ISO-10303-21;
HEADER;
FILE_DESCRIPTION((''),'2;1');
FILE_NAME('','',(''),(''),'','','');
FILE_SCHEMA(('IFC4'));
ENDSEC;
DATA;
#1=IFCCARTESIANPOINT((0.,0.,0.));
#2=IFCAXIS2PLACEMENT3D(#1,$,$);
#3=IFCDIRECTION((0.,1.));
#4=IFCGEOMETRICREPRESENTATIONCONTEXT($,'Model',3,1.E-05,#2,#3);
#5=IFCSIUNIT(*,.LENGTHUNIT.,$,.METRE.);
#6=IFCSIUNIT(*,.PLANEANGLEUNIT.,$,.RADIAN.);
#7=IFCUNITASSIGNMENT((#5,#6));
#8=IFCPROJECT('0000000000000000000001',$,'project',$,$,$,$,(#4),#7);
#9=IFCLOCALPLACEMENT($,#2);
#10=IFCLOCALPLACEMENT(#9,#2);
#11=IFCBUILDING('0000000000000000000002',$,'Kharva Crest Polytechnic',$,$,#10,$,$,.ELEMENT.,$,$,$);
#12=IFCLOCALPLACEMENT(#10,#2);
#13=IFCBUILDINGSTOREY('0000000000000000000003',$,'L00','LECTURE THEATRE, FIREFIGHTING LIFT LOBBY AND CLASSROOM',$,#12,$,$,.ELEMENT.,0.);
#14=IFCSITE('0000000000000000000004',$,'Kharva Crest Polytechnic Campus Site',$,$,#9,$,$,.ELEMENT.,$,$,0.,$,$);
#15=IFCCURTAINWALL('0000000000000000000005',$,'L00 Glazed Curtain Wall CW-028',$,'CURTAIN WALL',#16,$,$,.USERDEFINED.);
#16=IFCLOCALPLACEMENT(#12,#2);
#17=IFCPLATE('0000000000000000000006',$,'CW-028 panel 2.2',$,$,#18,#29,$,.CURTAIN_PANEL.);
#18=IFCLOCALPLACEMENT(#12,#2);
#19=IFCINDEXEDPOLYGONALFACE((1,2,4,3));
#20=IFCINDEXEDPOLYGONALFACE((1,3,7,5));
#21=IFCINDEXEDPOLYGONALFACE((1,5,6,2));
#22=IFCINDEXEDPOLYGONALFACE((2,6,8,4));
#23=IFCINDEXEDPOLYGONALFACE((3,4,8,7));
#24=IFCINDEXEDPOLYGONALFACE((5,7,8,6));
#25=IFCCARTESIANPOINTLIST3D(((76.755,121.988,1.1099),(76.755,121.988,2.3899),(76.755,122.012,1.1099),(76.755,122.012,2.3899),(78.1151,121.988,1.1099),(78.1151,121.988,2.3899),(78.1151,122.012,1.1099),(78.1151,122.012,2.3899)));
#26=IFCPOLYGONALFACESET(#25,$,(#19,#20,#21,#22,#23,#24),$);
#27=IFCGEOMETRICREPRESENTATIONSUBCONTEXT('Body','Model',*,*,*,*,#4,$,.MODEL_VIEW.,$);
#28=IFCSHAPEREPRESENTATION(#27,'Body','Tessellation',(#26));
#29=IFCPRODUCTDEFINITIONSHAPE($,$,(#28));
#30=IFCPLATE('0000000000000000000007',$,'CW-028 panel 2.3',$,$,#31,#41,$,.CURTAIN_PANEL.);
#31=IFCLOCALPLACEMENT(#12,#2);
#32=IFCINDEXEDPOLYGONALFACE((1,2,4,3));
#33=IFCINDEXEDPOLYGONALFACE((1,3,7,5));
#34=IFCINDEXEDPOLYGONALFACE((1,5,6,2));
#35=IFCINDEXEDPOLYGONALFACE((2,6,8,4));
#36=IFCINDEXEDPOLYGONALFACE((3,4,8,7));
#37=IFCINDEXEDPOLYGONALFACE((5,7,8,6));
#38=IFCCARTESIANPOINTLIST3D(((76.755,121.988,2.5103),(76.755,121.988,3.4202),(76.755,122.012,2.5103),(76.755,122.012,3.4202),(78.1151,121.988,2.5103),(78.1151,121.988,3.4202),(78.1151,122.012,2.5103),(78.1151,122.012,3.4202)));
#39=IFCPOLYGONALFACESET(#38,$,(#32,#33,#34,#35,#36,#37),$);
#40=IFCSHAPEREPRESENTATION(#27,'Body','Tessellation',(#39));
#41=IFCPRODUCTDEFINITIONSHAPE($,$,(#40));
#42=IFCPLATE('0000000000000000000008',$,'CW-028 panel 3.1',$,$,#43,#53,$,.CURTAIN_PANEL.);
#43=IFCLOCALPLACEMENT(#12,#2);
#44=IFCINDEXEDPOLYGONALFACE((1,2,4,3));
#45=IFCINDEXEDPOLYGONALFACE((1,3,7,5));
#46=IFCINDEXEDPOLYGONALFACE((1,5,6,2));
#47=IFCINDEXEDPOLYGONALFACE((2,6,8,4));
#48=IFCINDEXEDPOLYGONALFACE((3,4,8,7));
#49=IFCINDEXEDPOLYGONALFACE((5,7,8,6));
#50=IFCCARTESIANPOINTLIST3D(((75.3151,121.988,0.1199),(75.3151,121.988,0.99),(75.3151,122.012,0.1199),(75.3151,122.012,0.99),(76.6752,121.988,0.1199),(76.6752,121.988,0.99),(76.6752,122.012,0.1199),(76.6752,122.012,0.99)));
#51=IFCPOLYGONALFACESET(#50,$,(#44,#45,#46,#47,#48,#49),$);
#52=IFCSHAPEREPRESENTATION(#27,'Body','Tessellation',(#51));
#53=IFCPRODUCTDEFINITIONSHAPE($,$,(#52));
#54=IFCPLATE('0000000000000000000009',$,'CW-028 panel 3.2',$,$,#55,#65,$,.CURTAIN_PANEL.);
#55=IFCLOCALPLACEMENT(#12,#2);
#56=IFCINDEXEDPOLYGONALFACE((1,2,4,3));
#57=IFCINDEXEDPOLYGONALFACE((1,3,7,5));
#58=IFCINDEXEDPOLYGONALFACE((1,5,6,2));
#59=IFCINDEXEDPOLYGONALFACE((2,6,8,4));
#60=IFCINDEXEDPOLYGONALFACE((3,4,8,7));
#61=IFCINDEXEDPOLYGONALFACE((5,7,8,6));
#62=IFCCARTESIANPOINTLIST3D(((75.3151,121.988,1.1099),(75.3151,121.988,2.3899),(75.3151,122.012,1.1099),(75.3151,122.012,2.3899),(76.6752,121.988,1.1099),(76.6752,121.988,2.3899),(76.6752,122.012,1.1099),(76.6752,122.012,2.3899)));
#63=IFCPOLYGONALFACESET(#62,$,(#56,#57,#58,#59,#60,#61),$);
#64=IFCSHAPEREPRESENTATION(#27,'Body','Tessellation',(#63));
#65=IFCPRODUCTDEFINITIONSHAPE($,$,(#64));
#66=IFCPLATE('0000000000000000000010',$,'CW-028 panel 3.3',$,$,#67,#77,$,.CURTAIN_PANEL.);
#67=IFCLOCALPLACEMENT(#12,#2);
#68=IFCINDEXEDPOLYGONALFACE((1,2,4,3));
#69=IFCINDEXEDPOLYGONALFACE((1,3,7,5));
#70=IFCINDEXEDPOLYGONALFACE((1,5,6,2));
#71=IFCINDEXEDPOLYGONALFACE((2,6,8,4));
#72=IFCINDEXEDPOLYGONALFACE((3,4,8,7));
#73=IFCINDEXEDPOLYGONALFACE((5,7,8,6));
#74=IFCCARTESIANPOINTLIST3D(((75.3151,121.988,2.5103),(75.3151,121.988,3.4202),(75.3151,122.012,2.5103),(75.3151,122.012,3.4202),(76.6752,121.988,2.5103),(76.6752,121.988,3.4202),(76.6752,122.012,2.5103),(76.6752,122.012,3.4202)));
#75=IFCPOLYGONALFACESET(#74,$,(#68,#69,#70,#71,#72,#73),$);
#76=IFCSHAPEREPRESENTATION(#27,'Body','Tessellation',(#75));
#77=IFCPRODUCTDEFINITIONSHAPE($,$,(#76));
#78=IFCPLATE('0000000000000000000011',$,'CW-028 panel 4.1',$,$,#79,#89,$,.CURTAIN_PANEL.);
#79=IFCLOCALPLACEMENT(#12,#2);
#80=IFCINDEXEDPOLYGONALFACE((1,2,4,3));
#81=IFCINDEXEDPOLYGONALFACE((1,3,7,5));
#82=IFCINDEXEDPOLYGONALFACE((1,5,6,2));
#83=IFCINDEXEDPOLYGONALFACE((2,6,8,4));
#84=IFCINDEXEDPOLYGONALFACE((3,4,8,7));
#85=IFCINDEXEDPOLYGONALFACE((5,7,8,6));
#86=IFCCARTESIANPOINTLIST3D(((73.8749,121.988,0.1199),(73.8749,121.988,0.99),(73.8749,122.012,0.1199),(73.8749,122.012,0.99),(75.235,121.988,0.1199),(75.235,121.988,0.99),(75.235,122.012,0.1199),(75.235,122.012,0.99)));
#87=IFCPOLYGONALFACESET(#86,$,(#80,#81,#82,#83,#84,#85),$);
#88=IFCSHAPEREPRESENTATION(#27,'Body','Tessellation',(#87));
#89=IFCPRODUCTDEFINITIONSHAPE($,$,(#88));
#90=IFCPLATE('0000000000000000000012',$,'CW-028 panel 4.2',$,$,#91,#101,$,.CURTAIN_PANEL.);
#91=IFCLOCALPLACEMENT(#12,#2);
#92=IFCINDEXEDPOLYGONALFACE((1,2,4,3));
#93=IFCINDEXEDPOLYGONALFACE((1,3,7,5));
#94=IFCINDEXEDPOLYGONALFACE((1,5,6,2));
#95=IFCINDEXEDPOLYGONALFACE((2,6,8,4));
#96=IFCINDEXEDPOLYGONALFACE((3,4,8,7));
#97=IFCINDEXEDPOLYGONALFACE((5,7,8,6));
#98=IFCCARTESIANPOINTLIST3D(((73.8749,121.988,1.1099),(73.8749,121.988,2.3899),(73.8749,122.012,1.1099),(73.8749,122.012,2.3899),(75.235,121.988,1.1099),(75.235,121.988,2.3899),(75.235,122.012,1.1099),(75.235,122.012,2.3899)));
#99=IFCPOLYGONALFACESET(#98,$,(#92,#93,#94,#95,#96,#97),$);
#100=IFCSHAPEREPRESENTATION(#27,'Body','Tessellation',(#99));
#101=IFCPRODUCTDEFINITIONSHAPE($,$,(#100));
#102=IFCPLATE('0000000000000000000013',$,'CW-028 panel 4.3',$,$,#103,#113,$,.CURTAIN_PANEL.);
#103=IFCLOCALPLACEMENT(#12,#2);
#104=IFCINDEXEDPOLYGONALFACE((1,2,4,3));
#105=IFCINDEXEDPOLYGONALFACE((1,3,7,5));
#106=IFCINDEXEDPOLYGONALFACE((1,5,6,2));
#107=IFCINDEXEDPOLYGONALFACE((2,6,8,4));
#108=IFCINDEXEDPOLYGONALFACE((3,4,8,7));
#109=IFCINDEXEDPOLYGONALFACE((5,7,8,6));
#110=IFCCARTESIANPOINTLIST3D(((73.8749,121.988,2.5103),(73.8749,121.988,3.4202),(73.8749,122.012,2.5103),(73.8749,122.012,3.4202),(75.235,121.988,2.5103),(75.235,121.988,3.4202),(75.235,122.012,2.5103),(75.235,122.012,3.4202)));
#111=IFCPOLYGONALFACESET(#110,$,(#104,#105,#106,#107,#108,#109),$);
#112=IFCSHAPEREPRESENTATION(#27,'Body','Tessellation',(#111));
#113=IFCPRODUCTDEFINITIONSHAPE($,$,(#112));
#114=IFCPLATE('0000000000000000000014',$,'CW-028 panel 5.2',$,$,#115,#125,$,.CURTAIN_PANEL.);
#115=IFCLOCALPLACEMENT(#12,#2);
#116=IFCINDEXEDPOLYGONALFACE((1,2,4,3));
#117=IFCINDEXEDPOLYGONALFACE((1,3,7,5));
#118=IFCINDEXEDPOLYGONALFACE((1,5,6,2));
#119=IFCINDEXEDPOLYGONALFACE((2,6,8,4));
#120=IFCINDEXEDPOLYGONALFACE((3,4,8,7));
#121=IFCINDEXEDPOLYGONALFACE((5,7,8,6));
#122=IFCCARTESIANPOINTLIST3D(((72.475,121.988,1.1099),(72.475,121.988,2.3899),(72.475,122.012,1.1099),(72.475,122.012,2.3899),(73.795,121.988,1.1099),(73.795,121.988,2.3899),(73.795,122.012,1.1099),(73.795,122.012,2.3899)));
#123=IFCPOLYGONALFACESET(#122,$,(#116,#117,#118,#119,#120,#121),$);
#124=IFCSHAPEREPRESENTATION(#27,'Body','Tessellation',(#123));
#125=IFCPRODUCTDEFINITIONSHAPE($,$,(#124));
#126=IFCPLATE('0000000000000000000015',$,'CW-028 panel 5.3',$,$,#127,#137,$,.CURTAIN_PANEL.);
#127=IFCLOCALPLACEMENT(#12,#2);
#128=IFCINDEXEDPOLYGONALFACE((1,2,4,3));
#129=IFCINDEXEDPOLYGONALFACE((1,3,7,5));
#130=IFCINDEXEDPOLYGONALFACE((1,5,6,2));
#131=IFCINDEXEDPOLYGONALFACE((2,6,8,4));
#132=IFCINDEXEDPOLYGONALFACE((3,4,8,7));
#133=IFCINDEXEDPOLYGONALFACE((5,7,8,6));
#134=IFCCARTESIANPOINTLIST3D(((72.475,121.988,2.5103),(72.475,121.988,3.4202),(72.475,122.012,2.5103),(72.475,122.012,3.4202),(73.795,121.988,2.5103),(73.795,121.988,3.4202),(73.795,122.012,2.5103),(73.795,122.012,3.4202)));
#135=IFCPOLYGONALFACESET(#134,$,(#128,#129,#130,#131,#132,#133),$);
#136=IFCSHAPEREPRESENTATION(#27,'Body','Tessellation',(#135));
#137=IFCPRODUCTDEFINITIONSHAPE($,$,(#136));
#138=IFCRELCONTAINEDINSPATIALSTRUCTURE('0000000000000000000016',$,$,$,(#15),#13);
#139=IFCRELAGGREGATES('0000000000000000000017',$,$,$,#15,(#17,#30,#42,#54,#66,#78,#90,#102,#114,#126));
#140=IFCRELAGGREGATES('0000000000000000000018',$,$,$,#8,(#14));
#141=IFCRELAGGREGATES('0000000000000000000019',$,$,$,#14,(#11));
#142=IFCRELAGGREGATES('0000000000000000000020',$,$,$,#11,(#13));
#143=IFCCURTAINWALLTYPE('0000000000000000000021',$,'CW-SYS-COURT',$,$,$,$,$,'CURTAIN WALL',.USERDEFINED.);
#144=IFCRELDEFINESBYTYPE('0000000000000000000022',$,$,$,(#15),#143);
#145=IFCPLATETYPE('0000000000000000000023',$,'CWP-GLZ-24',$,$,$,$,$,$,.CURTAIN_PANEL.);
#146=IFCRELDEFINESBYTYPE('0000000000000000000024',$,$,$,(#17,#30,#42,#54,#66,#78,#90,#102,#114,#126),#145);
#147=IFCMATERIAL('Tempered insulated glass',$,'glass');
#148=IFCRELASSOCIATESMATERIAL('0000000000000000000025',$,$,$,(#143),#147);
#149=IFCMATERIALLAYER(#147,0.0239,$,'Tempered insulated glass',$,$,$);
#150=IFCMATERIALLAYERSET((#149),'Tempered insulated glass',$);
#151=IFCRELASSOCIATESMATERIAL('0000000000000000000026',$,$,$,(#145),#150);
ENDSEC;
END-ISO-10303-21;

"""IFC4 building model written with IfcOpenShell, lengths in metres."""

from ifc_helpers import new_model, si_unit, direction, frame, origin, origin_2d, place, context, subcontext, project, spatial, rectangle, extrude, material, layer, layer_set, type_object, element, aggregate, save


model = new_model("IFC4")

# Units and contexts
model_context = context("Model", 3, precision=1e-05, world=origin(), true_north=direction((0.0, 1.0)))
body_context = subcontext(model_context, "Body", "Model", "MODEL_VIEW")
ifc_project = project(units=[si_unit("LENGTHUNIT", "METRE"), si_unit("PLANEANGLEUNIT", "RADIAN")], contexts=[model_context])

# Site, building, storey
site_placement = place(None, origin())
site = spatial("IfcSite", under=ifc_project, at=site_placement, Name="Kharva Crest Polytechnic Campus Site", CompositionType="ELEMENT", RefElevation=0.0)
building_placement = place(site_placement, origin())
building = spatial("IfcBuilding", under=site, at=building_placement, Name="Kharva Crest Polytechnic", CompositionType="ELEMENT")
storey_placement = place(building_placement, origin())
storey = spatial("IfcBuildingStorey", under=building, at=storey_placement, Name="L00", Description="LECTURE THEATRE, FIREFIGHTING LIFT LOBBY AND CLASSROOM", CompositionType="ELEMENT", Elevation=0.0)

# Curtain wall, plates
ifc_material_1 = material(Name="Tempered insulated glass", Category="glass")
curtain_wall_type = type_object("IfcCurtainWallType", Name="CW-SYS-COURT", ElementType="CURTAIN WALL", PredefinedType="USERDEFINED", material=ifc_material_1)
curtain_wall_placement = place(storey_placement, origin())
curtain_wall = element("IfcCurtainWall", 1, at=curtain_wall_placement, inside=storey, type_object=curtain_wall_type, Name="L00 Glazed Curtain Wall CW-028", ObjectType="CURTAIN WALL", PredefinedType="USERDEFINED")
ifc_layer = layer(ifc_material_1, 0.0239, Name="Tempered insulated glass")
ifc_layer_set = layer_set([ifc_layer], Name="Tempered insulated glass")
plate_type = type_object("IfcPlateType", Name="CWP-GLZ-24", PredefinedType="CURTAIN_PANEL", material=ifc_layer_set)
plate_1_placement = place(storey_placement, frame((77.4351, 122.0, 1.1099), z_axis=(0.0, 0.0, 1.0), x_axis=(-1.0, 0.0, 0.0)))
plate_1 = element("IfcPlate", 2, at=plate_1_placement, type_object=plate_type, Name="CW-028 panel 2.2", PredefinedType="CURTAIN_PANEL", context=body_context, shape_type="SweptSolid", body=[
    extrude(rectangle(XDim=1.3601, YDim=0.0239, at=origin_2d()), origin(), (0.0, 0.0, 1.0), 1.28),
])
plate_2_placement = place(storey_placement, frame((77.4351, 122.0, 2.5103), z_axis=(0.0, 0.0, 1.0), x_axis=(-1.0, 0.0, 0.0)))
plate_2 = element("IfcPlate", 3, at=plate_2_placement, type_object=plate_type, Name="CW-028 panel 2.3", PredefinedType="CURTAIN_PANEL", context=body_context, shape_type="SweptSolid", body=[
    extrude(rectangle(XDim=1.3601, YDim=0.0239, at=origin_2d()), origin(), (0.0, 0.0, 1.0), 0.9099),
])
plate_3_placement = place(storey_placement, frame((75.9951, 122.0, 0.1199), z_axis=(0.0, 0.0, 1.0), x_axis=(-1.0, 0.0, 0.0)))
plate_3 = element("IfcPlate", 4, at=plate_3_placement, type_object=plate_type, Name="CW-028 panel 3.1", PredefinedType="CURTAIN_PANEL", context=body_context, shape_type="SweptSolid", body=[
    extrude(rectangle(XDim=1.3601, YDim=0.0239, at=origin_2d()), origin(), (0.0, 0.0, 1.0), 0.8701),
])
plate_4_placement = place(storey_placement, frame((75.9951, 122.0, 1.1099), z_axis=(0.0, 0.0, 1.0), x_axis=(-1.0, 0.0, 0.0)))
plate_4 = element("IfcPlate", 5, at=plate_4_placement, type_object=plate_type, Name="CW-028 panel 3.2", PredefinedType="CURTAIN_PANEL", context=body_context, shape_type="SweptSolid", body=[
    extrude(rectangle(XDim=1.3601, YDim=0.0239, at=origin_2d()), origin(), (0.0, 0.0, 1.0), 1.28),
])
plate_5_placement = place(storey_placement, frame((75.9951, 122.0, 2.5103), z_axis=(0.0, 0.0, 1.0), x_axis=(-1.0, 0.0, 0.0)))
plate_5 = element("IfcPlate", 6, at=plate_5_placement, type_object=plate_type, Name="CW-028 panel 3.3", PredefinedType="CURTAIN_PANEL", context=body_context, shape_type="SweptSolid", body=[
    extrude(rectangle(XDim=1.3601, YDim=0.0239, at=origin_2d()), origin(), (0.0, 0.0, 1.0), 0.9099),
])
plate_6_placement = place(storey_placement, frame((74.5549, 122.0, 0.1199), z_axis=(0.0, 0.0, 1.0), x_axis=(-1.0, 0.0, 0.0)))
plate_6 = element("IfcPlate", 7, at=plate_6_placement, type_object=plate_type, Name="CW-028 panel 4.1", PredefinedType="CURTAIN_PANEL", context=body_context, shape_type="SweptSolid", body=[
    extrude(rectangle(XDim=1.3601, YDim=0.0239, at=origin_2d()), origin(), (0.0, 0.0, 1.0), 0.8701),
])
plate_7_placement = place(storey_placement, frame((74.5549, 122.0, 1.1099), z_axis=(0.0, 0.0, 1.0), x_axis=(-1.0, 0.0, 0.0)))
plate_7 = element("IfcPlate", 8, at=plate_7_placement, type_object=plate_type, Name="CW-028 panel 4.2", PredefinedType="CURTAIN_PANEL", context=body_context, shape_type="SweptSolid", body=[
    extrude(rectangle(XDim=1.3601, YDim=0.0239, at=origin_2d()), origin(), (0.0, 0.0, 1.0), 1.28),
])
plate_8_placement = place(storey_placement, frame((74.5549, 122.0, 2.5103), z_axis=(0.0, 0.0, 1.0), x_axis=(-1.0, 0.0, 0.0)))
plate_8 = element("IfcPlate", 9, at=plate_8_placement, type_object=plate_type, Name="CW-028 panel 4.3", PredefinedType="CURTAIN_PANEL", context=body_context, shape_type="SweptSolid", body=[
    extrude(rectangle(XDim=1.3601, YDim=0.0239, at=origin_2d()), origin(), (0.0, 0.0, 1.0), 0.9099),
])
plate_9_placement = place(storey_placement, frame((73.135, 122.0, 1.1099), z_axis=(0.0, 0.0, 1.0), x_axis=(-1.0, 0.0, 0.0)))
plate_9 = element("IfcPlate", 10, at=plate_9_placement, type_object=plate_type, Name="CW-028 panel 5.2", PredefinedType="CURTAIN_PANEL", context=body_context, shape_type="SweptSolid", body=[
    extrude(rectangle(XDim=1.3201, YDim=0.0239, at=origin_2d()), origin(), (0.0, 0.0, 1.0), 1.28),
])
plate_10_placement = place(storey_placement, frame((73.135, 122.0, 2.5103), z_axis=(0.0, 0.0, 1.0), x_axis=(-1.0, 0.0, 0.0)))
plate_10 = element("IfcPlate", 11, at=plate_10_placement, type_object=plate_type, Name="CW-028 panel 5.3", PredefinedType="CURTAIN_PANEL", context=body_context, shape_type="SweptSolid", body=[
    extrude(rectangle(XDim=1.3201, YDim=0.0239, at=origin_2d()), origin(), (0.0, 0.0, 1.0), 0.9099),
])
aggregate(curtain_wall, [plate_1, plate_2, plate_3, plate_4, plate_5, plate_6, plate_7, plate_8, plate_9, plate_10])

save(model, "model.ifc")
